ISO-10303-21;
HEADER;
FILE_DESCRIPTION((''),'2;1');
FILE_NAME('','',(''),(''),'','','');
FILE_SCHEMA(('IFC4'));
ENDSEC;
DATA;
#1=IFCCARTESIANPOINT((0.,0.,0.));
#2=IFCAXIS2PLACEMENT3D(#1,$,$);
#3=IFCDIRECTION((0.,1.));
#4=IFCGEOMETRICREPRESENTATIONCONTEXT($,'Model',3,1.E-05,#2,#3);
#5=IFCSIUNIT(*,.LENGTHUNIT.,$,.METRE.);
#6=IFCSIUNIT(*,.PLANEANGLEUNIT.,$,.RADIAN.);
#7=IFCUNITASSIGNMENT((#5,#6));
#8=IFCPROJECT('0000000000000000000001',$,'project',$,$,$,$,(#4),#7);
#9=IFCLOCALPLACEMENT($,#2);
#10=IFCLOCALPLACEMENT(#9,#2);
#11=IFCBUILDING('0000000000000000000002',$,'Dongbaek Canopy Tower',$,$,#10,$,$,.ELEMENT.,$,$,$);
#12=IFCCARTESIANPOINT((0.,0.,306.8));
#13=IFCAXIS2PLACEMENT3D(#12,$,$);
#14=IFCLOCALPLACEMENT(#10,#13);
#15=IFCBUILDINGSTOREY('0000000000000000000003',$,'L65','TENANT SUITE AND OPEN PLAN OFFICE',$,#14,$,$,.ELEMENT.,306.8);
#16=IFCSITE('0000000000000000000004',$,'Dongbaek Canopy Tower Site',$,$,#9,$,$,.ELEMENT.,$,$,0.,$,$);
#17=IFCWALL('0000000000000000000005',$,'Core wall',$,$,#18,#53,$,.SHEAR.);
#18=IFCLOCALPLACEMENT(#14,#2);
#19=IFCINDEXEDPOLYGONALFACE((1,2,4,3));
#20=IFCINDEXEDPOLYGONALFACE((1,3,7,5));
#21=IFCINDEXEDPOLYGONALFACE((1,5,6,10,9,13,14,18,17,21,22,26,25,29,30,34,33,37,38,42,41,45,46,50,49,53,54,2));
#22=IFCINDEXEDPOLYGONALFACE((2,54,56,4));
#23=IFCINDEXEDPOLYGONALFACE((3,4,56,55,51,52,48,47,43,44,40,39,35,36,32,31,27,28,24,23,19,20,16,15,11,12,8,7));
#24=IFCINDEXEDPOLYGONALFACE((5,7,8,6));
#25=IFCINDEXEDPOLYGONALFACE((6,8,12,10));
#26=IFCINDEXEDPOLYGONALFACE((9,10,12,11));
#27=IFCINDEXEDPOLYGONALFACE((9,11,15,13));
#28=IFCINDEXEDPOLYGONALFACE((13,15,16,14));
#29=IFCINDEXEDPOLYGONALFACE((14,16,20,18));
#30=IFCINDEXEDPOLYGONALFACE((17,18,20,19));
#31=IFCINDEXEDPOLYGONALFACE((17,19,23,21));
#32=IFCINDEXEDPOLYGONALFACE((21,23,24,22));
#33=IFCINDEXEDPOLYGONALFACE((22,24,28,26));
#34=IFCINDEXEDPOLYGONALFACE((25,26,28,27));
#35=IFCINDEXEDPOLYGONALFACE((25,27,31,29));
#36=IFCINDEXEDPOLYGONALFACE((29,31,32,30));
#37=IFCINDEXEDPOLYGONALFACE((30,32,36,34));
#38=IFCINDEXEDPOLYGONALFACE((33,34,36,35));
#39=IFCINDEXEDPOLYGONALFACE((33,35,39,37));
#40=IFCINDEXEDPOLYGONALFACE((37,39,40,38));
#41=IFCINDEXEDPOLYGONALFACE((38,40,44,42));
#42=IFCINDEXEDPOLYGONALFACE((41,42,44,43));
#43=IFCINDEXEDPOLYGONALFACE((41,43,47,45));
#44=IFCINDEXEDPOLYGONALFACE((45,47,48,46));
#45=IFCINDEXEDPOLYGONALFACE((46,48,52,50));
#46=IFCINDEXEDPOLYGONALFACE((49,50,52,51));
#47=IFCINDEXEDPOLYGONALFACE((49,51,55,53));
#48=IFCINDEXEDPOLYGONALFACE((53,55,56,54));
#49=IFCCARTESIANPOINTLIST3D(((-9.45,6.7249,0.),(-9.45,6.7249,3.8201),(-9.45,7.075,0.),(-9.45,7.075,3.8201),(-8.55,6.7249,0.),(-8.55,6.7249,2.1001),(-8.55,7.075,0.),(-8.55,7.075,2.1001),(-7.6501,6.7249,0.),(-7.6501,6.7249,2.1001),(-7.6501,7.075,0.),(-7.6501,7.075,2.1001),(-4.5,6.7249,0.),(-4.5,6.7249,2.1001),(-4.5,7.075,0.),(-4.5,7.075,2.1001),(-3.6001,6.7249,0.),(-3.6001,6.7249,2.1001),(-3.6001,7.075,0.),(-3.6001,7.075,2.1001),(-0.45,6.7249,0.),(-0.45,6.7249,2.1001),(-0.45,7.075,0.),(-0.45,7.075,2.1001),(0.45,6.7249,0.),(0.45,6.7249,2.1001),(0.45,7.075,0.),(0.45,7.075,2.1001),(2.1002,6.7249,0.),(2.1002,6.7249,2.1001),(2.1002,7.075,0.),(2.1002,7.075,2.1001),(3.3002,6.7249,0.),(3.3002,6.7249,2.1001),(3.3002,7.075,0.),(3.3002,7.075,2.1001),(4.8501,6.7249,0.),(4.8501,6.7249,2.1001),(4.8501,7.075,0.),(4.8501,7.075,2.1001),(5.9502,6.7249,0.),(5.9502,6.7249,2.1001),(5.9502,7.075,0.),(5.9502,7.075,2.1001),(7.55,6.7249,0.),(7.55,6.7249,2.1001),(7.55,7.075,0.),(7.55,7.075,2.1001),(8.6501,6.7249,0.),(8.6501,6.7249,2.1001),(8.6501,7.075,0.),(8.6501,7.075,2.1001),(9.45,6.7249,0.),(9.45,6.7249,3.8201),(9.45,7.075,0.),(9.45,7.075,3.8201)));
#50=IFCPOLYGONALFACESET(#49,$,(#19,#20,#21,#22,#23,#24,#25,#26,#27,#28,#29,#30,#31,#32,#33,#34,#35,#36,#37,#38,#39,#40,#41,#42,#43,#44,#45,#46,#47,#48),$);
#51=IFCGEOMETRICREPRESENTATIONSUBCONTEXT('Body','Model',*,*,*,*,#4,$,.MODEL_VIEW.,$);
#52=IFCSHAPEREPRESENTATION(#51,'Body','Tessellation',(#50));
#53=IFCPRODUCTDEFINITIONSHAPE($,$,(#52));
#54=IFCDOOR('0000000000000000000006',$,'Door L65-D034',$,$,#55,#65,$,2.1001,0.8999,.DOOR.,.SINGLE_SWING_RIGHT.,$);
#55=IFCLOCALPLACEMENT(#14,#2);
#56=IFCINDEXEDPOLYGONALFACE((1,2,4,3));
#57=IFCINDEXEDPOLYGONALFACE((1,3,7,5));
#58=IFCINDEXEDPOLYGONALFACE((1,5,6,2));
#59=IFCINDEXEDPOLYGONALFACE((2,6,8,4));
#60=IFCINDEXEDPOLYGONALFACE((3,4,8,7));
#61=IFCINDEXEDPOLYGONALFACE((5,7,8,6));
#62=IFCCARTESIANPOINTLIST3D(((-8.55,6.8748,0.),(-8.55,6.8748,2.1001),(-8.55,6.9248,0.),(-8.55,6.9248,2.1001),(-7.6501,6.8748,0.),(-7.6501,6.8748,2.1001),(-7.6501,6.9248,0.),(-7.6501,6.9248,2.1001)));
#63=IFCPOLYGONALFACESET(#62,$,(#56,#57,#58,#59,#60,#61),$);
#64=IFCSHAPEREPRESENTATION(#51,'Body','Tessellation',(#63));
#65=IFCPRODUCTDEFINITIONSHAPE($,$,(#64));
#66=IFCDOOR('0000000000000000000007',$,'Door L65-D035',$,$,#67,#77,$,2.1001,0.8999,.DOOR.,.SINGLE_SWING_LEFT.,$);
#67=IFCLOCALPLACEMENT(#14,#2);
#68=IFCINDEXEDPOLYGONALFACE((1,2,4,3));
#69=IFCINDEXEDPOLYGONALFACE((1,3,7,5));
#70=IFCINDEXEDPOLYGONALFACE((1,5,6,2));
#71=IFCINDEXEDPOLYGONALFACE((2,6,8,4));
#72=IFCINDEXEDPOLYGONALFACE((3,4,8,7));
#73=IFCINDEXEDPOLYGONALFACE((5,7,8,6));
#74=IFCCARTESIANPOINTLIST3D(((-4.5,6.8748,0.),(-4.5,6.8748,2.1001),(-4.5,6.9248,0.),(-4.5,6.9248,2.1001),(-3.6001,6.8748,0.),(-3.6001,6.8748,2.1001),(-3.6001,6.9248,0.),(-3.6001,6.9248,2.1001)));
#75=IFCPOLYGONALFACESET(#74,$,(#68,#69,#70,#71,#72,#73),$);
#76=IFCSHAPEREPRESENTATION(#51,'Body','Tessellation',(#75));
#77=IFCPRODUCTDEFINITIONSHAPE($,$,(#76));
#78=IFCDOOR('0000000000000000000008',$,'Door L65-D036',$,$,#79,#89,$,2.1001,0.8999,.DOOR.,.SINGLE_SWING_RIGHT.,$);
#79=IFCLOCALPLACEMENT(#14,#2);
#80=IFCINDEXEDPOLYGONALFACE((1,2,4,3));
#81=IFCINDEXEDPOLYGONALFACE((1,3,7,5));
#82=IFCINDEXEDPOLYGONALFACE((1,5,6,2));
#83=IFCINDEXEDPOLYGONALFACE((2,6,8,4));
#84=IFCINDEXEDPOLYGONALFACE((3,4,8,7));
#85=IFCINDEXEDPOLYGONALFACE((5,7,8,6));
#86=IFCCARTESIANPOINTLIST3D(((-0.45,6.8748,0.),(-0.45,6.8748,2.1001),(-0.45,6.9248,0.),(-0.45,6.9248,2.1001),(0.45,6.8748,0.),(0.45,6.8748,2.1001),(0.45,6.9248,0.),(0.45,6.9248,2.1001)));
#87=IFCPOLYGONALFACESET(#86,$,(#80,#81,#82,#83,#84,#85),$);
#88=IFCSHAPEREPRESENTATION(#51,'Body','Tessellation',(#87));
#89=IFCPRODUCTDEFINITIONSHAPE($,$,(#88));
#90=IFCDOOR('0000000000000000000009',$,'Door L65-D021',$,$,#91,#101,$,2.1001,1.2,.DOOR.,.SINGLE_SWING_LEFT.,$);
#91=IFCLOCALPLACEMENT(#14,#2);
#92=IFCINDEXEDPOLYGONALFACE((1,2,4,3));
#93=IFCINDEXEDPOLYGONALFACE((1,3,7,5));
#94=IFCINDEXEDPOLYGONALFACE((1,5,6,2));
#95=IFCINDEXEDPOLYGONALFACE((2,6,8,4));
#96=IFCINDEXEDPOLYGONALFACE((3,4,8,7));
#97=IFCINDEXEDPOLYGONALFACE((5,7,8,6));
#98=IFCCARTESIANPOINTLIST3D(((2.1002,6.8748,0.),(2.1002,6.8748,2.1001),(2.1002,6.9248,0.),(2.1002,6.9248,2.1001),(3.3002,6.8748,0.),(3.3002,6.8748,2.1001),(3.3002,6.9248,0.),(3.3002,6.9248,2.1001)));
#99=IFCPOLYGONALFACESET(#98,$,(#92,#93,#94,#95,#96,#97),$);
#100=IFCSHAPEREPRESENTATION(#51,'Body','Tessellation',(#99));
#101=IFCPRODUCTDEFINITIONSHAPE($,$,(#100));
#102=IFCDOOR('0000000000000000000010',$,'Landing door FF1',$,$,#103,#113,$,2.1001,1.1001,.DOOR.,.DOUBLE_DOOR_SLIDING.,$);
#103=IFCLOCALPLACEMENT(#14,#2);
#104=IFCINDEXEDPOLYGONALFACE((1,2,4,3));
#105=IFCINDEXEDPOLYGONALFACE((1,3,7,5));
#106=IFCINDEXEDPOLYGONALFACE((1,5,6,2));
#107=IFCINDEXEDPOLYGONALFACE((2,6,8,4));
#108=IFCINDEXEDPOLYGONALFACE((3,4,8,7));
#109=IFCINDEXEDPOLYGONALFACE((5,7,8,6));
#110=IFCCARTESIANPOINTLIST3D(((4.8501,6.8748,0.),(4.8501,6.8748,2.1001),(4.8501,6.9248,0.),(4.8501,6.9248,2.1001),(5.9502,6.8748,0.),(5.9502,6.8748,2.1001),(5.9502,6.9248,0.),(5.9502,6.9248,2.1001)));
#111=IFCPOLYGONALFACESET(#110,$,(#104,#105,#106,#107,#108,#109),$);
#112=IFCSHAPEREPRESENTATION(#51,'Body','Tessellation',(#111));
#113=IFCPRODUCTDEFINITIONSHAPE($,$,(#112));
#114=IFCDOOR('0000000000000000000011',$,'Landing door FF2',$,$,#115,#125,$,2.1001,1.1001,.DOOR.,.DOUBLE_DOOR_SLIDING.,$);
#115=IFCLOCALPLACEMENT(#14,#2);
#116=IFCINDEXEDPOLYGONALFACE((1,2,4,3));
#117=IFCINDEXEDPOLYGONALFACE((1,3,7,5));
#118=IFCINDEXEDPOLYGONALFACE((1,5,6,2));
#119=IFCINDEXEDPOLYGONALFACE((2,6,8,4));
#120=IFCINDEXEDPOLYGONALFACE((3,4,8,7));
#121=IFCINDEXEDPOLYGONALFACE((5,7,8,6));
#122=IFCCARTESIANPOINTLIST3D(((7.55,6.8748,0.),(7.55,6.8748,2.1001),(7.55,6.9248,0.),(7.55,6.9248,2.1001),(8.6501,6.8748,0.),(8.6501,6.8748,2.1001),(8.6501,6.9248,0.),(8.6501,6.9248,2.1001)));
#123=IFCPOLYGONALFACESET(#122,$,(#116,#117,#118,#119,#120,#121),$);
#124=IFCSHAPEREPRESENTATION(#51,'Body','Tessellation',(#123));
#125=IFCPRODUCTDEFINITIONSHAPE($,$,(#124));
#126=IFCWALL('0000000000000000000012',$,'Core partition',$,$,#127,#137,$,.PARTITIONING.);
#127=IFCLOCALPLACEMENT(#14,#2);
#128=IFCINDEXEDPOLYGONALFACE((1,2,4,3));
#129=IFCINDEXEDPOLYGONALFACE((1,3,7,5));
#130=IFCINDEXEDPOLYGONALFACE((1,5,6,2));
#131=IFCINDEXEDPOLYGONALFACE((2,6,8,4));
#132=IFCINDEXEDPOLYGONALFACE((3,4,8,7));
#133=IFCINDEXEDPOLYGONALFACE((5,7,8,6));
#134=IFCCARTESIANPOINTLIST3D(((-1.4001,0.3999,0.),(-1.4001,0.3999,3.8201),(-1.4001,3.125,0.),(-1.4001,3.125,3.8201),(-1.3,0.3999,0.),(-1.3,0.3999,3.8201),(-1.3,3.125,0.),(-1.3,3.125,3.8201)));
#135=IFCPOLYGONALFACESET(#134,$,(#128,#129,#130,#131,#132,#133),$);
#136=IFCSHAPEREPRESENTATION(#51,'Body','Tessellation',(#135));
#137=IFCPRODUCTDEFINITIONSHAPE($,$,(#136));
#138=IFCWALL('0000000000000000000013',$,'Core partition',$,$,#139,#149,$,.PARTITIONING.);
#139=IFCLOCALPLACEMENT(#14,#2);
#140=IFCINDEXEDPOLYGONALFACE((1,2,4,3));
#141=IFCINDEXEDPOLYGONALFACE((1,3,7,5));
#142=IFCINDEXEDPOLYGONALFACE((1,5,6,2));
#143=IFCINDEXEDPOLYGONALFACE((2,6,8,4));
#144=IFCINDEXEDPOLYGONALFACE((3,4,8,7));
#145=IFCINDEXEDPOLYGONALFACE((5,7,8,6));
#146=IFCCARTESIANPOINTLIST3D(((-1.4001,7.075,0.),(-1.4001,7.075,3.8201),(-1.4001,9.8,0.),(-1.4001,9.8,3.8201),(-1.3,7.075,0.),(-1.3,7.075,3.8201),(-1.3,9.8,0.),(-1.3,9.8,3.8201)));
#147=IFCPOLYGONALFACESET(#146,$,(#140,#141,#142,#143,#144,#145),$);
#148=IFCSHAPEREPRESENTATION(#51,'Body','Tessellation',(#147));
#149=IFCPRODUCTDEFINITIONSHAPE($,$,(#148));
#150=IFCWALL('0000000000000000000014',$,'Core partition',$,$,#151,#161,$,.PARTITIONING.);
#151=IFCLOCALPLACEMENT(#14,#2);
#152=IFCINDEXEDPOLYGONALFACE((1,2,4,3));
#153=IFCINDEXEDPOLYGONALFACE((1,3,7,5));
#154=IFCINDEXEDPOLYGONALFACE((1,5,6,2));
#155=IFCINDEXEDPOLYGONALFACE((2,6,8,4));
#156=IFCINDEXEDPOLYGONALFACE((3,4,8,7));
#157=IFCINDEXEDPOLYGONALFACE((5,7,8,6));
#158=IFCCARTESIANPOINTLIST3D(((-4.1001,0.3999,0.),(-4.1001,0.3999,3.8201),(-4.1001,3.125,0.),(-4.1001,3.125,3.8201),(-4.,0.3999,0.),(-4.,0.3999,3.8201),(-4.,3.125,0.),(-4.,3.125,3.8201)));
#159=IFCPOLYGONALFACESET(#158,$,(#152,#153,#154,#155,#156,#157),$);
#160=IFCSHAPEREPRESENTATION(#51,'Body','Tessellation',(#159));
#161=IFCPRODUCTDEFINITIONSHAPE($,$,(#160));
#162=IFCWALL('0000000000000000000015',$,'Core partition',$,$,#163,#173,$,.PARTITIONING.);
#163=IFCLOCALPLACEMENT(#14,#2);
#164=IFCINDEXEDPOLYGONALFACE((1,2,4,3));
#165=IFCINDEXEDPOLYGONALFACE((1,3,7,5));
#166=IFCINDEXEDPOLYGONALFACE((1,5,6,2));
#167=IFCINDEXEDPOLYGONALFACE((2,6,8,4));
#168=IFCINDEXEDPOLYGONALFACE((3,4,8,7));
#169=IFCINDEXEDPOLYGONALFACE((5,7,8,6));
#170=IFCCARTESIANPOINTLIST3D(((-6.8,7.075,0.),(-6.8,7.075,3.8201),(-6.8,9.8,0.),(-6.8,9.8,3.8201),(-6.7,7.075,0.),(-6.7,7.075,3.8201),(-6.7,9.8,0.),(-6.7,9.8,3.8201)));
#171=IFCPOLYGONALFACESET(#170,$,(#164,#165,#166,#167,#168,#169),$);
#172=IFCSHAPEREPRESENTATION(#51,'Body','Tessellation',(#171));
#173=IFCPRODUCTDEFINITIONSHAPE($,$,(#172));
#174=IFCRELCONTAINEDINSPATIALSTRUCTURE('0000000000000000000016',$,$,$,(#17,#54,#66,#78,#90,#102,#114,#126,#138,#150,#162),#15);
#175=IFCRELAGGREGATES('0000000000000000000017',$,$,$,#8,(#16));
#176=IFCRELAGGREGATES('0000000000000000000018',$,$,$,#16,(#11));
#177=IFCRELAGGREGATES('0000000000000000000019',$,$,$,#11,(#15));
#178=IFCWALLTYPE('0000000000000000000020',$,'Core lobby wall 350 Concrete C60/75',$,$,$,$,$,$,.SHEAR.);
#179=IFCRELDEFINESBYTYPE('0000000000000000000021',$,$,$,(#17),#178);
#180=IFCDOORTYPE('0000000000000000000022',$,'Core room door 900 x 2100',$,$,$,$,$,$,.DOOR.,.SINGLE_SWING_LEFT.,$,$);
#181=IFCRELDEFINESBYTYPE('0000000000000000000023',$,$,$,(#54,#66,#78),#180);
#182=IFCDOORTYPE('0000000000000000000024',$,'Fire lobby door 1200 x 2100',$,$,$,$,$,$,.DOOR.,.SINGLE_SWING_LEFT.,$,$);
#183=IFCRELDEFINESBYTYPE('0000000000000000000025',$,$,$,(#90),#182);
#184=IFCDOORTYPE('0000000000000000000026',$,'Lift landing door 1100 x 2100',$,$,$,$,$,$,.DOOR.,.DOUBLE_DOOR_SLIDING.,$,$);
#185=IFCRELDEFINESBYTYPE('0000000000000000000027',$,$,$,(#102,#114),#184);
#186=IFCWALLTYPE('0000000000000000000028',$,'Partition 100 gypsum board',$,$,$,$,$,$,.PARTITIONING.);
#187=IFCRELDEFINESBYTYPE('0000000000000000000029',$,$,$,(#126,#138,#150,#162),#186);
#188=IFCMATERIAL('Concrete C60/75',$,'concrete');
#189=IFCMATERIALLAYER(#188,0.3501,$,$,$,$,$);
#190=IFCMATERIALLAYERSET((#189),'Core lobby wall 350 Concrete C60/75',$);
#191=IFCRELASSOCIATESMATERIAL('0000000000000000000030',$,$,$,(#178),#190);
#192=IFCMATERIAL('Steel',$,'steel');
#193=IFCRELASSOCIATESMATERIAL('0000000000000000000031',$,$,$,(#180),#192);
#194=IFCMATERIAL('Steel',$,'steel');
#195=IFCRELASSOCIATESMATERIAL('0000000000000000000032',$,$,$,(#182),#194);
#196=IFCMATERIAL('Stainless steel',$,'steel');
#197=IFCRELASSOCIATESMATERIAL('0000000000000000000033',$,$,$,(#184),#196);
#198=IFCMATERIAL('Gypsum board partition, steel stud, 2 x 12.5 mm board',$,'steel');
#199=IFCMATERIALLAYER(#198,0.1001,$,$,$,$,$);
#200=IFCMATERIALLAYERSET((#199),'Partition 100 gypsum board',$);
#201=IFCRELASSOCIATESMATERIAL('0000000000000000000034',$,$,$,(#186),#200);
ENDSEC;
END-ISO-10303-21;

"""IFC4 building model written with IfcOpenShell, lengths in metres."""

from ifc_helpers import new_model, si_unit, direction, frame, frame_2d, origin, place, context, subcontext, project, spatial, rectangle, extrude, material, layer, layer_set, type_object, element, fill, save


model = new_model("IFC4")

# Units and contexts
model_context = context("Model", 3, precision=1e-05, world=origin(), true_north=direction((0.0, 1.0)))
body_context = subcontext(model_context, "Body", "Model", "MODEL_VIEW")
ifc_project = project(units=[si_unit("LENGTHUNIT", "METRE"), si_unit("PLANEANGLEUNIT", "RADIAN")], contexts=[model_context])

# Site, building, storey
site_placement = place(None, origin())
site = spatial("IfcSite", under=ifc_project, at=site_placement, Name="Dongbaek Canopy Tower Site", CompositionType="ELEMENT", RefElevation=0.0)
building_placement = place(site_placement, origin())
building = spatial("IfcBuilding", under=site, at=building_placement, Name="Dongbaek Canopy Tower", CompositionType="ELEMENT")
storey_placement = place(building_placement, frame((0.0, 0.0, 306.8)))
storey = spatial("IfcBuildingStorey", under=building, at=storey_placement, Name="L65", Description="TENANT SUITE AND OPEN PLAN OFFICE", CompositionType="ELEMENT", Elevation=306.8)

# Wall, openings, doors
ifc_material_1 = material(Name="Concrete C60/75", Category="concrete")
ifc_layer_1 = layer(ifc_material_1, 0.3501)
ifc_layer_set_1 = layer_set([ifc_layer_1], Name="Core lobby wall 350 Concrete C60/75")
wall_type_1 = type_object("IfcWallType", Name="Core lobby wall 350 Concrete C60/75", PredefinedType="SHEAR", material=ifc_layer_set_1)
wall_1_placement = place(storey_placement, frame((-9.45, 6.8999, 0.0), z_axis=(0.0, 0.0, 1.0), x_axis=(1.0, 0.0, 0.0)))
wall_1 = element("IfcWall", 1, at=wall_1_placement, inside=storey, type_object=wall_type_1, Name="Core wall", PredefinedType="SHEAR", context=body_context, shape_type="SweptSolid", body=[
    extrude(rectangle(XDim=18.8999, YDim=0.3501, at=frame_2d((9.45, 0.0))), origin(), (0.0, 0.0, 1.0), 3.8201),
])
opening_1_placement = place(wall_1_placement, frame((11.55, 0.0, 0.0)))
opening_1 = element("IfcOpeningElement", 2, at=opening_1_placement, cuts=wall_1, PredefinedType="OPENING", context=body_context, shape_type="SweptSolid", body=[
    extrude(rectangle(XDim=1.2, YDim=2.1001, at=frame_2d((0.6001, 1.05))), frame((0.0, 0.1851, 0.0), z_axis=(0.0, -1.0, 0.0), x_axis=(1.0, 0.0, 0.0)), (0.0, 0.0, 1.0), 0.3701),
])
opening_2_placement = place(wall_1_placement, frame((14.3, 0.0, 0.0)))
opening_2 = element("IfcOpeningElement", 3, at=opening_2_placement, cuts=wall_1, PredefinedType="OPENING", context=body_context, shape_type="SweptSolid", body=[
    extrude(rectangle(XDim=1.1001, YDim=2.1001, at=frame_2d((0.55, 1.05))), frame((0.0, 0.1851, 0.0), z_axis=(0.0, -1.0, 0.0), x_axis=(1.0, 0.0, 0.0)), (0.0, 0.0, 1.0), 0.3701),
])
opening_3_placement = place(wall_1_placement, frame((17.0, 0.0, 0.0)))
opening_3 = element("IfcOpeningElement", 4, at=opening_3_placement, cuts=wall_1, PredefinedType="OPENING", context=body_context, shape_type="SweptSolid", body=[
    extrude(rectangle(XDim=1.1001, YDim=2.1001, at=frame_2d((0.55, 1.05))), frame((0.0, 0.1851, 0.0), z_axis=(0.0, -1.0, 0.0), x_axis=(1.0, 0.0, 0.0)), (0.0, 0.0, 1.0), 0.3701),
])
opening_4_placement = place(wall_1_placement, frame((0.8999, 0.0, 0.0)))
opening_4 = element("IfcOpeningElement", 5, at=opening_4_placement, cuts=wall_1, PredefinedType="OPENING", context=body_context, shape_type="SweptSolid", body=[
    extrude(rectangle(XDim=0.8999, YDim=2.1001, at=frame_2d((0.45, 1.05))), frame((0.0, 0.1851, 0.0), z_axis=(0.0, -1.0, 0.0), x_axis=(1.0, 0.0, 0.0)), (0.0, 0.0, 1.0), 0.3701),
])
opening_5_placement = place(wall_1_placement, frame((4.95, 0.0, 0.0)))
opening_5 = element("IfcOpeningElement", 6, at=opening_5_placement, cuts=wall_1, PredefinedType="OPENING", context=body_context, shape_type="SweptSolid", body=[
    extrude(rectangle(XDim=0.8999, YDim=2.1001, at=frame_2d((0.45, 1.05))), frame((0.0, 0.1851, 0.0), z_axis=(0.0, -1.0, 0.0), x_axis=(1.0, 0.0, 0.0)), (0.0, 0.0, 1.0), 0.3701),
])
opening_6_placement = place(wall_1_placement, frame((9.0, 0.0, 0.0)))
opening_6 = element("IfcOpeningElement", 7, at=opening_6_placement, cuts=wall_1, PredefinedType="OPENING", context=body_context, shape_type="SweptSolid", body=[
    extrude(rectangle(XDim=0.8999, YDim=2.1001, at=frame_2d((0.45, 1.05))), frame((0.0, 0.1851, 0.0), z_axis=(0.0, -1.0, 0.0), x_axis=(1.0, 0.0, 0.0)), (0.0, 0.0, 1.0), 0.3701),
])
ifc_material_2 = material(Name="Steel", Category="steel")
door_type_1 = type_object("IfcDoorType", Name="Core room door 900 x 2100", OperationType="SINGLE_SWING_LEFT", PredefinedType="DOOR", material=ifc_material_2)
door_1_placement = place(opening_4_placement, origin())
door_1 = element("IfcDoor", 8, at=door_1_placement, inside=storey, type_object=door_type_1, Name="Door L65-D034", OperationType="SINGLE_SWING_RIGHT", OverallHeight=2.1001, OverallWidth=0.8999, PredefinedType="DOOR", context=body_context, shape_type="SweptSolid", body=[
    extrude(rectangle(XDim=0.8999, YDim=2.1001, at=frame_2d((0.45, 1.05))), frame((0.0, 0.0249, 0.0), z_axis=(0.0, -1.0, 0.0), x_axis=(1.0, 0.0, 0.0)), (0.0, 0.0, 1.0), 0.05),
])
fill(opening_4, door_1)
door_2_placement = place(opening_5_placement, origin())
door_2 = element("IfcDoor", 9, at=door_2_placement, inside=storey, type_object=door_type_1, Name="Door L65-D035", OperationType="SINGLE_SWING_LEFT", OverallHeight=2.1001, OverallWidth=0.8999, PredefinedType="DOOR", context=body_context, shape_type="SweptSolid", body=[
    extrude(rectangle(XDim=0.8999, YDim=2.1001, at=frame_2d((0.45, 1.05))), frame((0.0, 0.0249, 0.0), z_axis=(0.0, -1.0, 0.0), x_axis=(1.0, 0.0, 0.0)), (0.0, 0.0, 1.0), 0.05),
])
fill(opening_5, door_2)
door_3_placement = place(opening_6_placement, origin())
door_3 = element("IfcDoor", 10, at=door_3_placement, inside=storey, type_object=door_type_1, Name="Door L65-D036", OperationType="SINGLE_SWING_RIGHT", OverallHeight=2.1001, OverallWidth=0.8999, PredefinedType="DOOR", context=body_context, shape_type="SweptSolid", body=[
    extrude(rectangle(XDim=0.8999, YDim=2.1001, at=frame_2d((0.45, 1.05))), frame((0.0, 0.0249, 0.0), z_axis=(0.0, -1.0, 0.0), x_axis=(1.0, 0.0, 0.0)), (0.0, 0.0, 1.0), 0.05),
])
fill(opening_6, door_3)
ifc_material_3 = material(Name="Steel", Category="steel")
door_type_2 = type_object("IfcDoorType", Name="Fire lobby door 1200 x 2100", OperationType="SINGLE_SWING_LEFT", PredefinedType="DOOR", material=ifc_material_3)
door_4_placement = place(opening_1_placement, origin())
door_4 = element("IfcDoor", 11, at=door_4_placement, inside=storey, type_object=door_type_2, Name="Door L65-D021", OperationType="SINGLE_SWING_LEFT", OverallHeight=2.1001, OverallWidth=1.2, PredefinedType="DOOR", context=body_context, shape_type="SweptSolid", body=[
    extrude(rectangle(XDim=1.2, YDim=2.1001, at=frame_2d((0.6001, 1.05))), frame((0.0, 0.0249, 0.0), z_axis=(0.0, -1.0, 0.0), x_axis=(1.0, 0.0, 0.0)), (0.0, 0.0, 1.0), 0.05),
])
fill(opening_1, door_4)
ifc_material_4 = material(Name="Stainless steel", Category="steel")
door_type_3 = type_object("IfcDoorType", Name="Lift landing door 1100 x 2100", OperationType="DOUBLE_DOOR_SLIDING", PredefinedType="DOOR", material=ifc_material_4)
door_5_placement = place(opening_2_placement, origin())
door_5 = element("IfcDoor", 12, at=door_5_placement, inside=storey, type_object=door_type_3, Name="Landing door FF1", OperationType="DOUBLE_DOOR_SLIDING", OverallHeight=2.1001, OverallWidth=1.1001, PredefinedType="DOOR", context=body_context, shape_type="SweptSolid", body=[
    extrude(rectangle(XDim=1.1001, YDim=2.1001, at=frame_2d((0.55, 1.05))), frame((0.0, 0.0249, 0.0), z_axis=(0.0, -1.0, 0.0), x_axis=(1.0, 0.0, 0.0)), (0.0, 0.0, 1.0), 0.05),
])
fill(opening_2, door_5)
door_6_placement = place(opening_3_placement, origin())
door_6 = element("IfcDoor", 13, at=door_6_placement, inside=storey, type_object=door_type_3, Name="Landing door FF2", OperationType="DOUBLE_DOOR_SLIDING", OverallHeight=2.1001, OverallWidth=1.1001, PredefinedType="DOOR", context=body_context, shape_type="SweptSolid", body=[
    extrude(rectangle(XDim=1.1001, YDim=2.1001, at=frame_2d((0.55, 1.05))), frame((0.0, 0.0249, 0.0), z_axis=(0.0, -1.0, 0.0), x_axis=(1.0, 0.0, 0.0)), (0.0, 0.0, 1.0), 0.05),
])
fill(opening_3, door_6)

# Walls
ifc_material_5 = material(Name="Gypsum board partition, steel stud, 2 x 12.5 mm board", Category="steel")
ifc_layer_2 = layer(ifc_material_5, 0.1001)
ifc_layer_set_2 = layer_set([ifc_layer_2], Name="Partition 100 gypsum board")
wall_type_2 = type_object("IfcWallType", Name="Partition 100 gypsum board", PredefinedType="PARTITIONING", material=ifc_layer_set_2)
for number, where, z_axis, x_axis, name in (
    (14, (-1.3501, 0.3999, 0.0), (0.0, 0.0, 1.0), (0.0, 1.0, 0.0), "Core partition"),
    (15, (-1.3501, 7.075, 0.0), (0.0, 0.0, 1.0), (0.0, 1.0, 0.0), "Core partition"),
    (16, (-4.05, 0.3999, 0.0), (0.0, 0.0, 1.0), (0.0, 1.0, 0.0), "Core partition"),
    (17, (-6.75, 7.075, 0.0), (0.0, 0.0, 1.0), (0.0, 1.0, 0.0), "Core partition"),
):
    element("IfcWall", number, at=place(storey_placement, frame(where, z_axis=z_axis, x_axis=x_axis)), inside=storey, type_object=wall_type_2, Name=name, PredefinedType="PARTITIONING", context=body_context, shape_type="SweptSolid", body=[
        extrude(rectangle(XDim=2.7251, YDim=0.1001, at=frame_2d((1.3625, 0.0))), origin(), (0.0, 0.0, 1.0), 3.8201),
    ])

save(model, "model.ifc")
